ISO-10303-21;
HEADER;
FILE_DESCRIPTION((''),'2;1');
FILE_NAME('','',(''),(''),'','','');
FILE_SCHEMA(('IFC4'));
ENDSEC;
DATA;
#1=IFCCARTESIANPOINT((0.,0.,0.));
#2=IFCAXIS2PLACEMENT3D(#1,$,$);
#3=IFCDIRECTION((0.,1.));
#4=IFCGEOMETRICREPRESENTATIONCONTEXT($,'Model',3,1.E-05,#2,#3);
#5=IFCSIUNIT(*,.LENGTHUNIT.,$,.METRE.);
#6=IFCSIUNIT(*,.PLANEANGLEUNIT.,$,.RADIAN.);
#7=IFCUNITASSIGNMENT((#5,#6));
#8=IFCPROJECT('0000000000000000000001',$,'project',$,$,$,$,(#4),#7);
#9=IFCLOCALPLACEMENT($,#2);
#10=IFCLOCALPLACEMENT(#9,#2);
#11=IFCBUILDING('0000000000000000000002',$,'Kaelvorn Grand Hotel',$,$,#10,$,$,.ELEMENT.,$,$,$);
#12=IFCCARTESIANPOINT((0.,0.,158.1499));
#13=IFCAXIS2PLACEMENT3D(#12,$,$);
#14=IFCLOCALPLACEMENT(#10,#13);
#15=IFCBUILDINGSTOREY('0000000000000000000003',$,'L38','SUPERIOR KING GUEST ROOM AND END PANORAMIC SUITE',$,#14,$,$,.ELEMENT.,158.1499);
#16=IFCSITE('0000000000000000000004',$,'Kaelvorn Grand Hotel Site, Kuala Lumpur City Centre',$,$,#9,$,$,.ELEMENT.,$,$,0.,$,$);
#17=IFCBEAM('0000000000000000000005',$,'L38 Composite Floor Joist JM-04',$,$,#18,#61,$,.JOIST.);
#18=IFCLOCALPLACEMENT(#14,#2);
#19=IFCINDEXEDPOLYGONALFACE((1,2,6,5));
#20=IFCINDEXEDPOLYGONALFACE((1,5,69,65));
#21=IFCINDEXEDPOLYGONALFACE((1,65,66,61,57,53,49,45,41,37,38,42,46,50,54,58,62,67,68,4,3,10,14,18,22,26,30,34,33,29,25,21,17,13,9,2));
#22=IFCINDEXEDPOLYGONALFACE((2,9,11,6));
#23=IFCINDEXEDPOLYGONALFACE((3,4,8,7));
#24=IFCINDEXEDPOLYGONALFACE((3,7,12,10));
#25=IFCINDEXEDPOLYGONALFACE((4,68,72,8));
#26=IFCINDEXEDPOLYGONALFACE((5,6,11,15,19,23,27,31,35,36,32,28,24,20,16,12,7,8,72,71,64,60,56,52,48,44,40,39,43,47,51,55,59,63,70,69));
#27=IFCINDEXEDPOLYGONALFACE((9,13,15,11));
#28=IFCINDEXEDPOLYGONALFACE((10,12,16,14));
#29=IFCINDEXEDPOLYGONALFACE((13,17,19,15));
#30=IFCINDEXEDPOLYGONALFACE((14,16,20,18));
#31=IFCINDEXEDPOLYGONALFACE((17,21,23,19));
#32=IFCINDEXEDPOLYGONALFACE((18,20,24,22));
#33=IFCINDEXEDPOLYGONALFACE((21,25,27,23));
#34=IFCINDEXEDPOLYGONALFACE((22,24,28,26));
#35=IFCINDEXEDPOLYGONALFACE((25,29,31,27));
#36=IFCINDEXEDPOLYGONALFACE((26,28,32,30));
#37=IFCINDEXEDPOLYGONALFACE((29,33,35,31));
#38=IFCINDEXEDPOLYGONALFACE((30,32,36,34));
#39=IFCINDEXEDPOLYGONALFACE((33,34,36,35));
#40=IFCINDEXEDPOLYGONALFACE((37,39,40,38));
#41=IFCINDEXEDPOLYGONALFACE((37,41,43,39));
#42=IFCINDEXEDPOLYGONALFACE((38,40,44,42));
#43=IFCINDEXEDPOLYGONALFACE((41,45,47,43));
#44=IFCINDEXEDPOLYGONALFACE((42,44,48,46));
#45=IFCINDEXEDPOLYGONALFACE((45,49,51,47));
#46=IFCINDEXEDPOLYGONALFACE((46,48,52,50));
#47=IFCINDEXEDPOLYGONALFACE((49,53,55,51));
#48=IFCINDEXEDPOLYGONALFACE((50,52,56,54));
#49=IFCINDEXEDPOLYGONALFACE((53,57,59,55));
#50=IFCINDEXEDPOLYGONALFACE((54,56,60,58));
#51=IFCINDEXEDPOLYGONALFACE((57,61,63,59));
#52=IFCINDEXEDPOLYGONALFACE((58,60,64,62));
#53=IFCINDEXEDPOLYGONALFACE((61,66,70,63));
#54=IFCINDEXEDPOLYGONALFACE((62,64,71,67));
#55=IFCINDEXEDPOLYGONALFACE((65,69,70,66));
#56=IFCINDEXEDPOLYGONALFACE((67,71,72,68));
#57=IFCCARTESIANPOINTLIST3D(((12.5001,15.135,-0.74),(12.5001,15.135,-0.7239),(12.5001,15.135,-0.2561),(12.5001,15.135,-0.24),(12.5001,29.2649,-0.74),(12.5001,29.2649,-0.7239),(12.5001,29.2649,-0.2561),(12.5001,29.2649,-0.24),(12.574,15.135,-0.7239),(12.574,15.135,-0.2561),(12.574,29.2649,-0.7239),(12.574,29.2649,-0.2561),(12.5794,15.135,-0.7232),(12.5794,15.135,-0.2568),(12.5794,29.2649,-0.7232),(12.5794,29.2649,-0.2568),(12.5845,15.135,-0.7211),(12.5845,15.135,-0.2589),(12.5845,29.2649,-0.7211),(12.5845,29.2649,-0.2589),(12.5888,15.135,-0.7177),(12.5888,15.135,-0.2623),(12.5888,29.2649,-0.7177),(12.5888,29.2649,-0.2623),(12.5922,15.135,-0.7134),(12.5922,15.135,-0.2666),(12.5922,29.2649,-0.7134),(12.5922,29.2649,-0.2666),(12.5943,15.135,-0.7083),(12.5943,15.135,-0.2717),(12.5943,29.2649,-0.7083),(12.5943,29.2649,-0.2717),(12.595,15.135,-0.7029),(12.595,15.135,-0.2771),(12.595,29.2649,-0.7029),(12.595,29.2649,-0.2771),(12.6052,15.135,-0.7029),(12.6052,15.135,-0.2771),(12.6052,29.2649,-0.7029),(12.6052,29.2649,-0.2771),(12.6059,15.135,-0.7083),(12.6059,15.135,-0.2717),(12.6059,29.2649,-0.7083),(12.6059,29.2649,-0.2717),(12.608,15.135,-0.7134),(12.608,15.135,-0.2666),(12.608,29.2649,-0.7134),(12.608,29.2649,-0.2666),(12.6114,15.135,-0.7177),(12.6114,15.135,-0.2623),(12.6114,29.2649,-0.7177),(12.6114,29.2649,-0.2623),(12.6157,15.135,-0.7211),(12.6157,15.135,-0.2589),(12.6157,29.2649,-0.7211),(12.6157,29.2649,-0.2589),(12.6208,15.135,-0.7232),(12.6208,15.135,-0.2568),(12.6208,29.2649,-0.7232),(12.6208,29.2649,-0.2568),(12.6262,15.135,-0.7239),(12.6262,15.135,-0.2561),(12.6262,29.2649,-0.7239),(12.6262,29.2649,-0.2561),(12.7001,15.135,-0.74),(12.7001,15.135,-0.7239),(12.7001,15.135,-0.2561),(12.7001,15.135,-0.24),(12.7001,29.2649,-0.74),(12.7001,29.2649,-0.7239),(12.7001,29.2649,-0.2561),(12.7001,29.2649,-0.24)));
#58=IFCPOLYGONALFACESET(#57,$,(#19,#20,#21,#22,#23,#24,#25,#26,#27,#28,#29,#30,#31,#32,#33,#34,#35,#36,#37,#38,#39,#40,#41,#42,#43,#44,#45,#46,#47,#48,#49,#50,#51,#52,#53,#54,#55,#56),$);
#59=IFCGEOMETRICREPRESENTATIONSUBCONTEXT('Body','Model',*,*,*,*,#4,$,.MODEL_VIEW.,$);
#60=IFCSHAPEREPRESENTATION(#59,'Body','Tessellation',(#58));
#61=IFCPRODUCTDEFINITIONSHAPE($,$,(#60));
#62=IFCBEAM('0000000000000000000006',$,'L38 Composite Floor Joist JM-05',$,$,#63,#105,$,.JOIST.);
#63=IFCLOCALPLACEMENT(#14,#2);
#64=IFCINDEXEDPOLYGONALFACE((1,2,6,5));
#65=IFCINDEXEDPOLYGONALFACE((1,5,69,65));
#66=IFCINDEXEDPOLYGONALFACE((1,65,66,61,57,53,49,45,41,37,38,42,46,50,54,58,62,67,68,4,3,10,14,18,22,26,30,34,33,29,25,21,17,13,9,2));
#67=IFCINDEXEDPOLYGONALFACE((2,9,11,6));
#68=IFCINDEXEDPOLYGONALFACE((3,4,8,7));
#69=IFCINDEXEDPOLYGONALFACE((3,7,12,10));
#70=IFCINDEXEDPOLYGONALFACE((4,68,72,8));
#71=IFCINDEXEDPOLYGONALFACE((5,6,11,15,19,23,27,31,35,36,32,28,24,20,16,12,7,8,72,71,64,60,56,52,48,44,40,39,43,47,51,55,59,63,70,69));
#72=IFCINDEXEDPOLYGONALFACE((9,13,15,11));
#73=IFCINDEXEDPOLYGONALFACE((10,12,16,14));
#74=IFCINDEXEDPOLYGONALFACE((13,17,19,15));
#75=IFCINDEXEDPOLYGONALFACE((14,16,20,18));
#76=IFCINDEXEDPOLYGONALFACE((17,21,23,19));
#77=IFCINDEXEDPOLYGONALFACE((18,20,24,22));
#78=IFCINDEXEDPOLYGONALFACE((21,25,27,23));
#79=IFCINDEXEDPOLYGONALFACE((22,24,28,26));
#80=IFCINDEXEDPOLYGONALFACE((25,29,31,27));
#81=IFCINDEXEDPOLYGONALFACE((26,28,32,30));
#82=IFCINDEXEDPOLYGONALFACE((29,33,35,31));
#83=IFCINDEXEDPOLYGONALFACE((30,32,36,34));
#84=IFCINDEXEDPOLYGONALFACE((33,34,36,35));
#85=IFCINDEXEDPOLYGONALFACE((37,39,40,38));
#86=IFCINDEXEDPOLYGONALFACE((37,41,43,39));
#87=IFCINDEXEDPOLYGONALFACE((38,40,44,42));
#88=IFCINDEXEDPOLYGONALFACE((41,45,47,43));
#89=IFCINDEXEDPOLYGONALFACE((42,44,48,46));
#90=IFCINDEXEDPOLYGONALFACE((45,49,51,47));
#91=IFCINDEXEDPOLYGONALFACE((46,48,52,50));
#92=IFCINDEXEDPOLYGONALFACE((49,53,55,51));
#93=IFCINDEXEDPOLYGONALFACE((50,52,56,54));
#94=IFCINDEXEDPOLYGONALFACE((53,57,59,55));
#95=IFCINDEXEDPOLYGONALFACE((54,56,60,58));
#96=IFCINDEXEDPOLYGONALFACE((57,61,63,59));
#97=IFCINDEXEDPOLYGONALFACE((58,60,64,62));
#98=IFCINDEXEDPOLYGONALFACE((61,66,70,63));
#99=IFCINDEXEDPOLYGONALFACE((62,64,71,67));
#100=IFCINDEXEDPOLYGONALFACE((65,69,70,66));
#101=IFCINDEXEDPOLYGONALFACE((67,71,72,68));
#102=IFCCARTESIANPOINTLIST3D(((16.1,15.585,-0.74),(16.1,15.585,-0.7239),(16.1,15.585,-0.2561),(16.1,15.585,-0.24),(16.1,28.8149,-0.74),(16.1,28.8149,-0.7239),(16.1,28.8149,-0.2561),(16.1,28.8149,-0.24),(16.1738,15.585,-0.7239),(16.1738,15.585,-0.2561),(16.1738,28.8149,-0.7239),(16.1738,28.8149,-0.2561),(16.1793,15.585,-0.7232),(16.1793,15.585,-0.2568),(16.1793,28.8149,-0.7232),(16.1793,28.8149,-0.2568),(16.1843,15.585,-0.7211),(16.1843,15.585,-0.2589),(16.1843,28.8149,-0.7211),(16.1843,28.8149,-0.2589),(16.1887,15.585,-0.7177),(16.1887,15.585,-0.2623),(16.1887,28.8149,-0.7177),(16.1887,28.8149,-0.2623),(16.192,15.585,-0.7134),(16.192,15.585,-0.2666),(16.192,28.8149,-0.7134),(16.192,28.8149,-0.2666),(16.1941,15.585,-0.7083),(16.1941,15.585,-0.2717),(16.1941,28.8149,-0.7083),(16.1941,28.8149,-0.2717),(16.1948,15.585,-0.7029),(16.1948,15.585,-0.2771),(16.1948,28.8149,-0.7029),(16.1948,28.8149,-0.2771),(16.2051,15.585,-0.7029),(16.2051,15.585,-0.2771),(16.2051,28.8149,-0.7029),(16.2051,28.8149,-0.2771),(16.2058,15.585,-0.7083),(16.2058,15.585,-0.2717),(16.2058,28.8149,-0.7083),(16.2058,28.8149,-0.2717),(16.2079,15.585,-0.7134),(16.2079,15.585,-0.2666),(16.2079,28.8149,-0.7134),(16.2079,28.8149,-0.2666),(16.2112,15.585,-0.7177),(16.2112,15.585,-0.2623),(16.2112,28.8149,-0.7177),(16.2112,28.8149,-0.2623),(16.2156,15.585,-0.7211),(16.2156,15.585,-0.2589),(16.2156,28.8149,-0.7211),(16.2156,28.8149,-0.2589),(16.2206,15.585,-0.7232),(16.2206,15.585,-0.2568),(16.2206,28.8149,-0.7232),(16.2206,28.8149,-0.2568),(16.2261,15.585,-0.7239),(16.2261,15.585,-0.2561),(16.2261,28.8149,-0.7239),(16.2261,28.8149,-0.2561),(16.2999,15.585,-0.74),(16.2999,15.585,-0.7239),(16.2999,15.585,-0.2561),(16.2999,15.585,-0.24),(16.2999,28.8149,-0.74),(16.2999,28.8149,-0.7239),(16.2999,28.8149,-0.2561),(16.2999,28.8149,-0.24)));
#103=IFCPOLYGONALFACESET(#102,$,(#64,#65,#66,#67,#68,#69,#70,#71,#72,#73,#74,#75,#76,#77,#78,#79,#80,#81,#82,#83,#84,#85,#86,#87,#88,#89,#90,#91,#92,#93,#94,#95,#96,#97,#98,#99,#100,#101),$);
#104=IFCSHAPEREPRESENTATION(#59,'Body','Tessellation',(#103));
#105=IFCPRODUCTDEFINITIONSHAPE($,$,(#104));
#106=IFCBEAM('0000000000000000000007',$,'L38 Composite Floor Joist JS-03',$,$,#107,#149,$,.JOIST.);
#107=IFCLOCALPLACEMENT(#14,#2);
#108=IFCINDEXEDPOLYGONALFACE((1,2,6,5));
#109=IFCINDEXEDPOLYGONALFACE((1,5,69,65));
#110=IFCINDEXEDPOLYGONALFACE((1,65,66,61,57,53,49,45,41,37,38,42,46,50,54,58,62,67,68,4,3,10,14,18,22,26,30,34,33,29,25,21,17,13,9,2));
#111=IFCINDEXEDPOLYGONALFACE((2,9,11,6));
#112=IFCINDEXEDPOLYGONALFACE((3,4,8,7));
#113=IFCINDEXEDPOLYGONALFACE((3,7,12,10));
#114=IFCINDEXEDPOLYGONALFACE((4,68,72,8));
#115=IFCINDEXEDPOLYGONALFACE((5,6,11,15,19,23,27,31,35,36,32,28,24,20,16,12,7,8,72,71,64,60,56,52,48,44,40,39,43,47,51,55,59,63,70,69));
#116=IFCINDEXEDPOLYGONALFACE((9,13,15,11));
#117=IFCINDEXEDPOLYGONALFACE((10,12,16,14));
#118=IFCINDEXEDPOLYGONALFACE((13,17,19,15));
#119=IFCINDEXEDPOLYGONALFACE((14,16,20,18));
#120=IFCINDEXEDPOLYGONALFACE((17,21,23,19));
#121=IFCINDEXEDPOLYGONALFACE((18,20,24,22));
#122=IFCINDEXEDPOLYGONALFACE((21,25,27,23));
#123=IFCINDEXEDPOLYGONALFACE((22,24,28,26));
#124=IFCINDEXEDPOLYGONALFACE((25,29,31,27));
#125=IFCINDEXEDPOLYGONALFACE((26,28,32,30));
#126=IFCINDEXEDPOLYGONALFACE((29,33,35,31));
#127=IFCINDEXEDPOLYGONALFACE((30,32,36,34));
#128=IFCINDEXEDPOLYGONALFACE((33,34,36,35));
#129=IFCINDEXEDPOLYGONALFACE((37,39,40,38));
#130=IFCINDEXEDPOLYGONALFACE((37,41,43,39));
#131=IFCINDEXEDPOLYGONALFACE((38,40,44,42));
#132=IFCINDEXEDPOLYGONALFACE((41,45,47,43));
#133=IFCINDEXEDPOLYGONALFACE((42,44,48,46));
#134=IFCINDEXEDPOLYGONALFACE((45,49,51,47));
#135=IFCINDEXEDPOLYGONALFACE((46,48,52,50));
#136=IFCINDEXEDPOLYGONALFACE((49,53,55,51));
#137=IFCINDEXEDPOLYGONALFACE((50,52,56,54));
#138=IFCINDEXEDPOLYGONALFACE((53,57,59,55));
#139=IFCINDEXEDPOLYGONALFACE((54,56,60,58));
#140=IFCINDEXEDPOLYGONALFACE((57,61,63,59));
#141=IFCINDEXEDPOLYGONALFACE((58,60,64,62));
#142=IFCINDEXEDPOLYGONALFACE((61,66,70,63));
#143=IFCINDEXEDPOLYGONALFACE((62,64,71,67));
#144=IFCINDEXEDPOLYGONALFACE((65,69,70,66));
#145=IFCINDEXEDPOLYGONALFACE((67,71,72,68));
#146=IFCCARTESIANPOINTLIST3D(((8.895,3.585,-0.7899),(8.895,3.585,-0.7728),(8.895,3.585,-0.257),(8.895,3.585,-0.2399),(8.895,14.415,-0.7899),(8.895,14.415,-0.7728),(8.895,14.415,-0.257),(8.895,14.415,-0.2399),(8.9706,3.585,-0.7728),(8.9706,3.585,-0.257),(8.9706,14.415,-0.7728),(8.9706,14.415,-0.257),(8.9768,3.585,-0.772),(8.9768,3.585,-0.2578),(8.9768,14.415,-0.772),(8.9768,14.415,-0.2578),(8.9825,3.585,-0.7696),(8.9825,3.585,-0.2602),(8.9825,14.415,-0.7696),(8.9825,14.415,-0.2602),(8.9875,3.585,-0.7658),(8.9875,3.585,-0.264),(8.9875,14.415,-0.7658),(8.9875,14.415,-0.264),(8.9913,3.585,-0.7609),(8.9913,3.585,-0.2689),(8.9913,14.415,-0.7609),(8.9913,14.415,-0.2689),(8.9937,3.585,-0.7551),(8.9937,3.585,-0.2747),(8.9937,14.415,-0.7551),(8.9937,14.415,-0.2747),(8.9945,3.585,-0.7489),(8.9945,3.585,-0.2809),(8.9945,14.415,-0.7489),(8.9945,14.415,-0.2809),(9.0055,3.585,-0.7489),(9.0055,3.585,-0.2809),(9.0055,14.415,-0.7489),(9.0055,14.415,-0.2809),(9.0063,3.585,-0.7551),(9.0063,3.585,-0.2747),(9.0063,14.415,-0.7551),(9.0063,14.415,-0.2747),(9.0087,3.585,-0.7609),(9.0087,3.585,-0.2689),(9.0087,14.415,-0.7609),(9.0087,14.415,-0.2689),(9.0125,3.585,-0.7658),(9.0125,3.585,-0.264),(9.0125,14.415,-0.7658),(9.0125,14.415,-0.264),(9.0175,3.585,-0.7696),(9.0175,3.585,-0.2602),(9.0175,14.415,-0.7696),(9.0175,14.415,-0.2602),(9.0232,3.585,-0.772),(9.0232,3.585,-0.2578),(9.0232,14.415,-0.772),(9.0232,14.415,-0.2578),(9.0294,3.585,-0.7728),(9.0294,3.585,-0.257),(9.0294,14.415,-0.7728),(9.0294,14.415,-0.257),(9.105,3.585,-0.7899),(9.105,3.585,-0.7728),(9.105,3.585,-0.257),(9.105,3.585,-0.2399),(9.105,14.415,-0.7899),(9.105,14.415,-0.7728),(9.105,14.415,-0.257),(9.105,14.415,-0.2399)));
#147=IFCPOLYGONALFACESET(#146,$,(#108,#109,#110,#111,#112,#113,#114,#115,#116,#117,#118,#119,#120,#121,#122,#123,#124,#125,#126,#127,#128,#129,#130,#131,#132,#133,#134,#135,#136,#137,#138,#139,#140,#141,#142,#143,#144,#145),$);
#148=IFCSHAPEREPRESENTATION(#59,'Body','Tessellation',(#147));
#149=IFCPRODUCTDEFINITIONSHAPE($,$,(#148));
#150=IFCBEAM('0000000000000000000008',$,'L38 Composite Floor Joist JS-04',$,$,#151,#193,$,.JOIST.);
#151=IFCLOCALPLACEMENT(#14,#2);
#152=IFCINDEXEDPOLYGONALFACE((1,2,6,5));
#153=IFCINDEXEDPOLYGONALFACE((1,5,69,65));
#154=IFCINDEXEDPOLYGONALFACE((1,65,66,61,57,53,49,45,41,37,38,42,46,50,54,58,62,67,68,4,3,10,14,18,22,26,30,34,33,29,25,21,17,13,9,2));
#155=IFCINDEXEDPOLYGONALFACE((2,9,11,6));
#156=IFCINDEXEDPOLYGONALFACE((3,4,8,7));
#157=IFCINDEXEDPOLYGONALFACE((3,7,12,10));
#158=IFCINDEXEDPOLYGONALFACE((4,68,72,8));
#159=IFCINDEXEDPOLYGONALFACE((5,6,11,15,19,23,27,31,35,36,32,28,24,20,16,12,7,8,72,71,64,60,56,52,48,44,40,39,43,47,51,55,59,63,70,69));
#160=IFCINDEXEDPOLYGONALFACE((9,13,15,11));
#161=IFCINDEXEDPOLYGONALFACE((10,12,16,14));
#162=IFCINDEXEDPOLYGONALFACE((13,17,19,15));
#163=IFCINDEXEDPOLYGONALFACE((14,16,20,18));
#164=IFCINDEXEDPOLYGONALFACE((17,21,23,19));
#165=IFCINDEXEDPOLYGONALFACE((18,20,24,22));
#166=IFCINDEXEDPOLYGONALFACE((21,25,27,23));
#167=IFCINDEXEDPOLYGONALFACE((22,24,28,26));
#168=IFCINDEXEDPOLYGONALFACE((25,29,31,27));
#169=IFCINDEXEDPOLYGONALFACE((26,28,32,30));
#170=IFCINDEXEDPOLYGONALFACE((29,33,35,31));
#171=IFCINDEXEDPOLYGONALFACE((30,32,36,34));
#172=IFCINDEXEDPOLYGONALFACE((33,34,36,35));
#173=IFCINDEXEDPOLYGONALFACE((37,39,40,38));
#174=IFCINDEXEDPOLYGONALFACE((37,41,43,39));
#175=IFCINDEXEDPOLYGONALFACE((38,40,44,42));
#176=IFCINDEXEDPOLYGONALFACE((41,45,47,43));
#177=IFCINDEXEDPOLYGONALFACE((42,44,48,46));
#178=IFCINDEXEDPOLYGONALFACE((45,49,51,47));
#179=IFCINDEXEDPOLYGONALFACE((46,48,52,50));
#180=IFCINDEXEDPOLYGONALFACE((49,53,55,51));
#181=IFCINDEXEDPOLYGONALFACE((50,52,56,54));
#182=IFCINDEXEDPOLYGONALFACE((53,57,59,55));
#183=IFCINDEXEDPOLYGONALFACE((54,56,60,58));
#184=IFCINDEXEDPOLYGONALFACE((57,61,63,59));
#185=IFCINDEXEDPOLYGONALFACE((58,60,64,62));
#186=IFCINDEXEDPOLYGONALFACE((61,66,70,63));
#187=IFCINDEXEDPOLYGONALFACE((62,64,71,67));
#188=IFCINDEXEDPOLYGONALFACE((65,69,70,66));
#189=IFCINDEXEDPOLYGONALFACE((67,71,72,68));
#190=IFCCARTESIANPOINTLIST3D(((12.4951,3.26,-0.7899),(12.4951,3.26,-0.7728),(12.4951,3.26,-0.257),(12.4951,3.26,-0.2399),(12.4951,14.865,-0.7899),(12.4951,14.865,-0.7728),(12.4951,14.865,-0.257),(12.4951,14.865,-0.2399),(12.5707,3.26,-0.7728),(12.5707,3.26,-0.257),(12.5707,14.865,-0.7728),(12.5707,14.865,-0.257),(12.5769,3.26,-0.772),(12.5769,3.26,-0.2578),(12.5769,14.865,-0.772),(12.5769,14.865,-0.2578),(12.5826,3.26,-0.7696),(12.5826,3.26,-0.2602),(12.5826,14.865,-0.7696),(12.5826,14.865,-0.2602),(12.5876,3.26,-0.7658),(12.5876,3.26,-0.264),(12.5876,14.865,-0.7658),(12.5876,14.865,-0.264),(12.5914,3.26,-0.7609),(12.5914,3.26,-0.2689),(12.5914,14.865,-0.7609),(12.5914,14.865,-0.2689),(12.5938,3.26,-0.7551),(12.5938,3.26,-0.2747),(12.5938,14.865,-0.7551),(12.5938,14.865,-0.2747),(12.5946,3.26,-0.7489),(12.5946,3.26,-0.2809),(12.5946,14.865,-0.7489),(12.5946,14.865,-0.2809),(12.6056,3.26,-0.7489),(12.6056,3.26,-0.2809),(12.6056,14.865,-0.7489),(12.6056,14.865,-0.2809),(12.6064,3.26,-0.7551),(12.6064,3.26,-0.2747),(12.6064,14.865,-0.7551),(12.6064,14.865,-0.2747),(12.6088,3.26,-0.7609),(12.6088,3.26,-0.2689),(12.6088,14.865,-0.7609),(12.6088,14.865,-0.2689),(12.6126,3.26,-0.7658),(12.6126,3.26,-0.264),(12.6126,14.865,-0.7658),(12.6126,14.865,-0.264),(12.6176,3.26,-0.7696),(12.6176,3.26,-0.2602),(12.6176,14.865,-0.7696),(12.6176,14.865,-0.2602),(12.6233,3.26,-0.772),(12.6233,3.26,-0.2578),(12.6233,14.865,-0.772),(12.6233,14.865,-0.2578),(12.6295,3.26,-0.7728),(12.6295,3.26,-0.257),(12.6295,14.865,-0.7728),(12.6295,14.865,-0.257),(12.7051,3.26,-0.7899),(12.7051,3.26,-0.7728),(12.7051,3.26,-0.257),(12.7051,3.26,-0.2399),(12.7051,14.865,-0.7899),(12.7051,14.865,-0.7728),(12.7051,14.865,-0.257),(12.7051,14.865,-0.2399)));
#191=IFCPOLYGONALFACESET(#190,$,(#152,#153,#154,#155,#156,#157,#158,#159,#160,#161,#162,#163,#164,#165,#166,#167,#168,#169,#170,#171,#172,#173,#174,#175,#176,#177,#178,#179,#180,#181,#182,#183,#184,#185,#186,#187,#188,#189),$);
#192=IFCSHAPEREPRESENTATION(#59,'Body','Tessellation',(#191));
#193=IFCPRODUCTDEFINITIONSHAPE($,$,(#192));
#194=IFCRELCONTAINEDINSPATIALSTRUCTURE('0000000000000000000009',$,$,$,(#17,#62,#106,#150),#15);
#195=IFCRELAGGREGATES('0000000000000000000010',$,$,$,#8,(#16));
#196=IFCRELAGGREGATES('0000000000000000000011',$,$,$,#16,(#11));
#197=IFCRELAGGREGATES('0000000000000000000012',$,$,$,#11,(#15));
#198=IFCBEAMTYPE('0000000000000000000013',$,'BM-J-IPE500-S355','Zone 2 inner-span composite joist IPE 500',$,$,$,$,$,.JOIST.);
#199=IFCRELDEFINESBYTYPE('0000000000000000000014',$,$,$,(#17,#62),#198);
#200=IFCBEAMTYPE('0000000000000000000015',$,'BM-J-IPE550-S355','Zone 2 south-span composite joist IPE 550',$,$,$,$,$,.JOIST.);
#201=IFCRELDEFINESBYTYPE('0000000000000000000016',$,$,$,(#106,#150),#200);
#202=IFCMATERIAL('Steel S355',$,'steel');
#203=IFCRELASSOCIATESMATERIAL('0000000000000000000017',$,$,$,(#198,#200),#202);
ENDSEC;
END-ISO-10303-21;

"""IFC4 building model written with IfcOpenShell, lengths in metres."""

from ifc_helpers import new_model, si_unit, direction, frame, origin, origin_2d, place, context, subcontext, project, spatial, i_section, extrude, material, material_profile, profile_set, type_object, element, save


model = new_model("IFC4")

# Units and contexts
model_context = context("Model", 3, precision=1e-05, world=origin(), true_north=direction((0.0, 1.0)))
body_context = subcontext(model_context, "Body", "Model", "MODEL_VIEW")
ifc_project = project(units=[si_unit("LENGTHUNIT", "METRE"), si_unit("PLANEANGLEUNIT", "RADIAN")], contexts=[model_context])

# Site, building, storey
site_placement = place(None, origin())
site = spatial("IfcSite", under=ifc_project, at=site_placement, Name="Kaelvorn Grand Hotel Site, Kuala Lumpur City Centre", CompositionType="ELEMENT", RefElevation=0.0)
building_placement = place(site_placement, origin())
building = spatial("IfcBuilding", under=site, at=building_placement, Name="Kaelvorn Grand Hotel", CompositionType="ELEMENT")
storey_placement = place(building_placement, frame((0.0, 0.0, 158.1499)))
storey = spatial("IfcBuildingStorey", under=building, at=storey_placement, Name="L38", Description="SUPERIOR KING GUEST ROOM AND END PANORAMIC SUITE", CompositionType="ELEMENT", Elevation=158.1499)

# Beams
ifc_material_1 = material(Name="Steel S355", Category="steel")
ifc_material_profile_1 = material_profile(ifc_material_1, i_section(OverallWidth=0.2, OverallDepth=0.5, WebThickness=0.0103, FlangeThickness=0.0161, FilletRadius=0.021, at=origin_2d()), Name="IPE 500")
ifc_profile_set_1 = profile_set([ifc_material_profile_1], Name="Steel S355")
beam_type_1 = type_object("IfcBeamType", Name="BM-J-IPE500-S355", Description="Zone 2 inner-span composite joist IPE 500", PredefinedType="JOIST", material=ifc_profile_set_1)
beam_1_placement = place(storey_placement, frame((12.6001, 15.135, -0.49), z_axis=(0.0, 1.0, 0.0), x_axis=(-1.0, 0.0, 0.0)))
element("IfcBeam", 1, at=beam_1_placement, inside=storey, type_object=beam_type_1, Name="L38 Composite Floor Joist JM-04", PredefinedType="JOIST", context=body_context, shape_type="SweptSolid", body=[
    extrude(i_section(OverallWidth=0.2, OverallDepth=0.5, WebThickness=0.0103, FlangeThickness=0.0161, FilletRadius=0.021, at=origin_2d()), origin(), (0.0, 0.0, 1.0), 14.1299),
])
beam_2_placement = place(storey_placement, frame((16.2, 15.585, -0.49), z_axis=(0.0, 1.0, 0.0), x_axis=(-1.0, 0.0, 0.0)))
element("IfcBeam", 2, at=beam_2_placement, inside=storey, type_object=beam_type_1, Name="L38 Composite Floor Joist JM-05", PredefinedType="JOIST", context=body_context, shape_type="SweptSolid", body=[
    extrude(i_section(OverallWidth=0.2, OverallDepth=0.5, WebThickness=0.0103, FlangeThickness=0.0161, FilletRadius=0.021, at=origin_2d()), origin(), (0.0, 0.0, 1.0), 13.23),
])
ifc_material_profile_2 = material_profile(ifc_material_1, i_section(OverallWidth=0.21, OverallDepth=0.55, WebThickness=0.011, FlangeThickness=0.0171, FilletRadius=0.0239, at=origin_2d()), Name="IPE 550")
ifc_profile_set_2 = profile_set([ifc_material_profile_2], Name="Steel S355")
beam_type_2 = type_object("IfcBeamType", Name="BM-J-IPE550-S355", Description="Zone 2 south-span composite joist IPE 550", PredefinedType="JOIST", material=ifc_profile_set_2)
beam_3_placement = place(storey_placement, frame((9.0, 3.585, -0.5149), z_axis=(0.0, 1.0, 0.0), x_axis=(-1.0, 0.0, 0.0)))
element("IfcBeam", 3, at=beam_3_placement, inside=storey, type_object=beam_type_2, Name="L38 Composite Floor Joist JS-03", PredefinedType="JOIST", context=body_context, shape_type="SweptSolid", body=[
    extrude(i_section(OverallWidth=0.21, OverallDepth=0.55, WebThickness=0.011, FlangeThickness=0.0171, FilletRadius=0.0239, at=origin_2d()), origin(), (0.0, 0.0, 1.0), 10.8301),
])
beam_4_placement = place(storey_placement, frame((12.6001, 3.26, -0.5149), z_axis=(0.0, 1.0, 0.0), x_axis=(-1.0, 0.0, 0.0)))
element("IfcBeam", 4, at=beam_4_placement, inside=storey, type_object=beam_type_2, Name="L38 Composite Floor Joist JS-04", PredefinedType="JOIST", context=body_context, shape_type="SweptSolid", body=[
    extrude(i_section(OverallWidth=0.21, OverallDepth=0.55, WebThickness=0.011, FlangeThickness=0.0171, FilletRadius=0.0239, at=origin_2d()), origin(), (0.0, 0.0, 1.0), 11.605),
])

save(model, "model.ifc")
